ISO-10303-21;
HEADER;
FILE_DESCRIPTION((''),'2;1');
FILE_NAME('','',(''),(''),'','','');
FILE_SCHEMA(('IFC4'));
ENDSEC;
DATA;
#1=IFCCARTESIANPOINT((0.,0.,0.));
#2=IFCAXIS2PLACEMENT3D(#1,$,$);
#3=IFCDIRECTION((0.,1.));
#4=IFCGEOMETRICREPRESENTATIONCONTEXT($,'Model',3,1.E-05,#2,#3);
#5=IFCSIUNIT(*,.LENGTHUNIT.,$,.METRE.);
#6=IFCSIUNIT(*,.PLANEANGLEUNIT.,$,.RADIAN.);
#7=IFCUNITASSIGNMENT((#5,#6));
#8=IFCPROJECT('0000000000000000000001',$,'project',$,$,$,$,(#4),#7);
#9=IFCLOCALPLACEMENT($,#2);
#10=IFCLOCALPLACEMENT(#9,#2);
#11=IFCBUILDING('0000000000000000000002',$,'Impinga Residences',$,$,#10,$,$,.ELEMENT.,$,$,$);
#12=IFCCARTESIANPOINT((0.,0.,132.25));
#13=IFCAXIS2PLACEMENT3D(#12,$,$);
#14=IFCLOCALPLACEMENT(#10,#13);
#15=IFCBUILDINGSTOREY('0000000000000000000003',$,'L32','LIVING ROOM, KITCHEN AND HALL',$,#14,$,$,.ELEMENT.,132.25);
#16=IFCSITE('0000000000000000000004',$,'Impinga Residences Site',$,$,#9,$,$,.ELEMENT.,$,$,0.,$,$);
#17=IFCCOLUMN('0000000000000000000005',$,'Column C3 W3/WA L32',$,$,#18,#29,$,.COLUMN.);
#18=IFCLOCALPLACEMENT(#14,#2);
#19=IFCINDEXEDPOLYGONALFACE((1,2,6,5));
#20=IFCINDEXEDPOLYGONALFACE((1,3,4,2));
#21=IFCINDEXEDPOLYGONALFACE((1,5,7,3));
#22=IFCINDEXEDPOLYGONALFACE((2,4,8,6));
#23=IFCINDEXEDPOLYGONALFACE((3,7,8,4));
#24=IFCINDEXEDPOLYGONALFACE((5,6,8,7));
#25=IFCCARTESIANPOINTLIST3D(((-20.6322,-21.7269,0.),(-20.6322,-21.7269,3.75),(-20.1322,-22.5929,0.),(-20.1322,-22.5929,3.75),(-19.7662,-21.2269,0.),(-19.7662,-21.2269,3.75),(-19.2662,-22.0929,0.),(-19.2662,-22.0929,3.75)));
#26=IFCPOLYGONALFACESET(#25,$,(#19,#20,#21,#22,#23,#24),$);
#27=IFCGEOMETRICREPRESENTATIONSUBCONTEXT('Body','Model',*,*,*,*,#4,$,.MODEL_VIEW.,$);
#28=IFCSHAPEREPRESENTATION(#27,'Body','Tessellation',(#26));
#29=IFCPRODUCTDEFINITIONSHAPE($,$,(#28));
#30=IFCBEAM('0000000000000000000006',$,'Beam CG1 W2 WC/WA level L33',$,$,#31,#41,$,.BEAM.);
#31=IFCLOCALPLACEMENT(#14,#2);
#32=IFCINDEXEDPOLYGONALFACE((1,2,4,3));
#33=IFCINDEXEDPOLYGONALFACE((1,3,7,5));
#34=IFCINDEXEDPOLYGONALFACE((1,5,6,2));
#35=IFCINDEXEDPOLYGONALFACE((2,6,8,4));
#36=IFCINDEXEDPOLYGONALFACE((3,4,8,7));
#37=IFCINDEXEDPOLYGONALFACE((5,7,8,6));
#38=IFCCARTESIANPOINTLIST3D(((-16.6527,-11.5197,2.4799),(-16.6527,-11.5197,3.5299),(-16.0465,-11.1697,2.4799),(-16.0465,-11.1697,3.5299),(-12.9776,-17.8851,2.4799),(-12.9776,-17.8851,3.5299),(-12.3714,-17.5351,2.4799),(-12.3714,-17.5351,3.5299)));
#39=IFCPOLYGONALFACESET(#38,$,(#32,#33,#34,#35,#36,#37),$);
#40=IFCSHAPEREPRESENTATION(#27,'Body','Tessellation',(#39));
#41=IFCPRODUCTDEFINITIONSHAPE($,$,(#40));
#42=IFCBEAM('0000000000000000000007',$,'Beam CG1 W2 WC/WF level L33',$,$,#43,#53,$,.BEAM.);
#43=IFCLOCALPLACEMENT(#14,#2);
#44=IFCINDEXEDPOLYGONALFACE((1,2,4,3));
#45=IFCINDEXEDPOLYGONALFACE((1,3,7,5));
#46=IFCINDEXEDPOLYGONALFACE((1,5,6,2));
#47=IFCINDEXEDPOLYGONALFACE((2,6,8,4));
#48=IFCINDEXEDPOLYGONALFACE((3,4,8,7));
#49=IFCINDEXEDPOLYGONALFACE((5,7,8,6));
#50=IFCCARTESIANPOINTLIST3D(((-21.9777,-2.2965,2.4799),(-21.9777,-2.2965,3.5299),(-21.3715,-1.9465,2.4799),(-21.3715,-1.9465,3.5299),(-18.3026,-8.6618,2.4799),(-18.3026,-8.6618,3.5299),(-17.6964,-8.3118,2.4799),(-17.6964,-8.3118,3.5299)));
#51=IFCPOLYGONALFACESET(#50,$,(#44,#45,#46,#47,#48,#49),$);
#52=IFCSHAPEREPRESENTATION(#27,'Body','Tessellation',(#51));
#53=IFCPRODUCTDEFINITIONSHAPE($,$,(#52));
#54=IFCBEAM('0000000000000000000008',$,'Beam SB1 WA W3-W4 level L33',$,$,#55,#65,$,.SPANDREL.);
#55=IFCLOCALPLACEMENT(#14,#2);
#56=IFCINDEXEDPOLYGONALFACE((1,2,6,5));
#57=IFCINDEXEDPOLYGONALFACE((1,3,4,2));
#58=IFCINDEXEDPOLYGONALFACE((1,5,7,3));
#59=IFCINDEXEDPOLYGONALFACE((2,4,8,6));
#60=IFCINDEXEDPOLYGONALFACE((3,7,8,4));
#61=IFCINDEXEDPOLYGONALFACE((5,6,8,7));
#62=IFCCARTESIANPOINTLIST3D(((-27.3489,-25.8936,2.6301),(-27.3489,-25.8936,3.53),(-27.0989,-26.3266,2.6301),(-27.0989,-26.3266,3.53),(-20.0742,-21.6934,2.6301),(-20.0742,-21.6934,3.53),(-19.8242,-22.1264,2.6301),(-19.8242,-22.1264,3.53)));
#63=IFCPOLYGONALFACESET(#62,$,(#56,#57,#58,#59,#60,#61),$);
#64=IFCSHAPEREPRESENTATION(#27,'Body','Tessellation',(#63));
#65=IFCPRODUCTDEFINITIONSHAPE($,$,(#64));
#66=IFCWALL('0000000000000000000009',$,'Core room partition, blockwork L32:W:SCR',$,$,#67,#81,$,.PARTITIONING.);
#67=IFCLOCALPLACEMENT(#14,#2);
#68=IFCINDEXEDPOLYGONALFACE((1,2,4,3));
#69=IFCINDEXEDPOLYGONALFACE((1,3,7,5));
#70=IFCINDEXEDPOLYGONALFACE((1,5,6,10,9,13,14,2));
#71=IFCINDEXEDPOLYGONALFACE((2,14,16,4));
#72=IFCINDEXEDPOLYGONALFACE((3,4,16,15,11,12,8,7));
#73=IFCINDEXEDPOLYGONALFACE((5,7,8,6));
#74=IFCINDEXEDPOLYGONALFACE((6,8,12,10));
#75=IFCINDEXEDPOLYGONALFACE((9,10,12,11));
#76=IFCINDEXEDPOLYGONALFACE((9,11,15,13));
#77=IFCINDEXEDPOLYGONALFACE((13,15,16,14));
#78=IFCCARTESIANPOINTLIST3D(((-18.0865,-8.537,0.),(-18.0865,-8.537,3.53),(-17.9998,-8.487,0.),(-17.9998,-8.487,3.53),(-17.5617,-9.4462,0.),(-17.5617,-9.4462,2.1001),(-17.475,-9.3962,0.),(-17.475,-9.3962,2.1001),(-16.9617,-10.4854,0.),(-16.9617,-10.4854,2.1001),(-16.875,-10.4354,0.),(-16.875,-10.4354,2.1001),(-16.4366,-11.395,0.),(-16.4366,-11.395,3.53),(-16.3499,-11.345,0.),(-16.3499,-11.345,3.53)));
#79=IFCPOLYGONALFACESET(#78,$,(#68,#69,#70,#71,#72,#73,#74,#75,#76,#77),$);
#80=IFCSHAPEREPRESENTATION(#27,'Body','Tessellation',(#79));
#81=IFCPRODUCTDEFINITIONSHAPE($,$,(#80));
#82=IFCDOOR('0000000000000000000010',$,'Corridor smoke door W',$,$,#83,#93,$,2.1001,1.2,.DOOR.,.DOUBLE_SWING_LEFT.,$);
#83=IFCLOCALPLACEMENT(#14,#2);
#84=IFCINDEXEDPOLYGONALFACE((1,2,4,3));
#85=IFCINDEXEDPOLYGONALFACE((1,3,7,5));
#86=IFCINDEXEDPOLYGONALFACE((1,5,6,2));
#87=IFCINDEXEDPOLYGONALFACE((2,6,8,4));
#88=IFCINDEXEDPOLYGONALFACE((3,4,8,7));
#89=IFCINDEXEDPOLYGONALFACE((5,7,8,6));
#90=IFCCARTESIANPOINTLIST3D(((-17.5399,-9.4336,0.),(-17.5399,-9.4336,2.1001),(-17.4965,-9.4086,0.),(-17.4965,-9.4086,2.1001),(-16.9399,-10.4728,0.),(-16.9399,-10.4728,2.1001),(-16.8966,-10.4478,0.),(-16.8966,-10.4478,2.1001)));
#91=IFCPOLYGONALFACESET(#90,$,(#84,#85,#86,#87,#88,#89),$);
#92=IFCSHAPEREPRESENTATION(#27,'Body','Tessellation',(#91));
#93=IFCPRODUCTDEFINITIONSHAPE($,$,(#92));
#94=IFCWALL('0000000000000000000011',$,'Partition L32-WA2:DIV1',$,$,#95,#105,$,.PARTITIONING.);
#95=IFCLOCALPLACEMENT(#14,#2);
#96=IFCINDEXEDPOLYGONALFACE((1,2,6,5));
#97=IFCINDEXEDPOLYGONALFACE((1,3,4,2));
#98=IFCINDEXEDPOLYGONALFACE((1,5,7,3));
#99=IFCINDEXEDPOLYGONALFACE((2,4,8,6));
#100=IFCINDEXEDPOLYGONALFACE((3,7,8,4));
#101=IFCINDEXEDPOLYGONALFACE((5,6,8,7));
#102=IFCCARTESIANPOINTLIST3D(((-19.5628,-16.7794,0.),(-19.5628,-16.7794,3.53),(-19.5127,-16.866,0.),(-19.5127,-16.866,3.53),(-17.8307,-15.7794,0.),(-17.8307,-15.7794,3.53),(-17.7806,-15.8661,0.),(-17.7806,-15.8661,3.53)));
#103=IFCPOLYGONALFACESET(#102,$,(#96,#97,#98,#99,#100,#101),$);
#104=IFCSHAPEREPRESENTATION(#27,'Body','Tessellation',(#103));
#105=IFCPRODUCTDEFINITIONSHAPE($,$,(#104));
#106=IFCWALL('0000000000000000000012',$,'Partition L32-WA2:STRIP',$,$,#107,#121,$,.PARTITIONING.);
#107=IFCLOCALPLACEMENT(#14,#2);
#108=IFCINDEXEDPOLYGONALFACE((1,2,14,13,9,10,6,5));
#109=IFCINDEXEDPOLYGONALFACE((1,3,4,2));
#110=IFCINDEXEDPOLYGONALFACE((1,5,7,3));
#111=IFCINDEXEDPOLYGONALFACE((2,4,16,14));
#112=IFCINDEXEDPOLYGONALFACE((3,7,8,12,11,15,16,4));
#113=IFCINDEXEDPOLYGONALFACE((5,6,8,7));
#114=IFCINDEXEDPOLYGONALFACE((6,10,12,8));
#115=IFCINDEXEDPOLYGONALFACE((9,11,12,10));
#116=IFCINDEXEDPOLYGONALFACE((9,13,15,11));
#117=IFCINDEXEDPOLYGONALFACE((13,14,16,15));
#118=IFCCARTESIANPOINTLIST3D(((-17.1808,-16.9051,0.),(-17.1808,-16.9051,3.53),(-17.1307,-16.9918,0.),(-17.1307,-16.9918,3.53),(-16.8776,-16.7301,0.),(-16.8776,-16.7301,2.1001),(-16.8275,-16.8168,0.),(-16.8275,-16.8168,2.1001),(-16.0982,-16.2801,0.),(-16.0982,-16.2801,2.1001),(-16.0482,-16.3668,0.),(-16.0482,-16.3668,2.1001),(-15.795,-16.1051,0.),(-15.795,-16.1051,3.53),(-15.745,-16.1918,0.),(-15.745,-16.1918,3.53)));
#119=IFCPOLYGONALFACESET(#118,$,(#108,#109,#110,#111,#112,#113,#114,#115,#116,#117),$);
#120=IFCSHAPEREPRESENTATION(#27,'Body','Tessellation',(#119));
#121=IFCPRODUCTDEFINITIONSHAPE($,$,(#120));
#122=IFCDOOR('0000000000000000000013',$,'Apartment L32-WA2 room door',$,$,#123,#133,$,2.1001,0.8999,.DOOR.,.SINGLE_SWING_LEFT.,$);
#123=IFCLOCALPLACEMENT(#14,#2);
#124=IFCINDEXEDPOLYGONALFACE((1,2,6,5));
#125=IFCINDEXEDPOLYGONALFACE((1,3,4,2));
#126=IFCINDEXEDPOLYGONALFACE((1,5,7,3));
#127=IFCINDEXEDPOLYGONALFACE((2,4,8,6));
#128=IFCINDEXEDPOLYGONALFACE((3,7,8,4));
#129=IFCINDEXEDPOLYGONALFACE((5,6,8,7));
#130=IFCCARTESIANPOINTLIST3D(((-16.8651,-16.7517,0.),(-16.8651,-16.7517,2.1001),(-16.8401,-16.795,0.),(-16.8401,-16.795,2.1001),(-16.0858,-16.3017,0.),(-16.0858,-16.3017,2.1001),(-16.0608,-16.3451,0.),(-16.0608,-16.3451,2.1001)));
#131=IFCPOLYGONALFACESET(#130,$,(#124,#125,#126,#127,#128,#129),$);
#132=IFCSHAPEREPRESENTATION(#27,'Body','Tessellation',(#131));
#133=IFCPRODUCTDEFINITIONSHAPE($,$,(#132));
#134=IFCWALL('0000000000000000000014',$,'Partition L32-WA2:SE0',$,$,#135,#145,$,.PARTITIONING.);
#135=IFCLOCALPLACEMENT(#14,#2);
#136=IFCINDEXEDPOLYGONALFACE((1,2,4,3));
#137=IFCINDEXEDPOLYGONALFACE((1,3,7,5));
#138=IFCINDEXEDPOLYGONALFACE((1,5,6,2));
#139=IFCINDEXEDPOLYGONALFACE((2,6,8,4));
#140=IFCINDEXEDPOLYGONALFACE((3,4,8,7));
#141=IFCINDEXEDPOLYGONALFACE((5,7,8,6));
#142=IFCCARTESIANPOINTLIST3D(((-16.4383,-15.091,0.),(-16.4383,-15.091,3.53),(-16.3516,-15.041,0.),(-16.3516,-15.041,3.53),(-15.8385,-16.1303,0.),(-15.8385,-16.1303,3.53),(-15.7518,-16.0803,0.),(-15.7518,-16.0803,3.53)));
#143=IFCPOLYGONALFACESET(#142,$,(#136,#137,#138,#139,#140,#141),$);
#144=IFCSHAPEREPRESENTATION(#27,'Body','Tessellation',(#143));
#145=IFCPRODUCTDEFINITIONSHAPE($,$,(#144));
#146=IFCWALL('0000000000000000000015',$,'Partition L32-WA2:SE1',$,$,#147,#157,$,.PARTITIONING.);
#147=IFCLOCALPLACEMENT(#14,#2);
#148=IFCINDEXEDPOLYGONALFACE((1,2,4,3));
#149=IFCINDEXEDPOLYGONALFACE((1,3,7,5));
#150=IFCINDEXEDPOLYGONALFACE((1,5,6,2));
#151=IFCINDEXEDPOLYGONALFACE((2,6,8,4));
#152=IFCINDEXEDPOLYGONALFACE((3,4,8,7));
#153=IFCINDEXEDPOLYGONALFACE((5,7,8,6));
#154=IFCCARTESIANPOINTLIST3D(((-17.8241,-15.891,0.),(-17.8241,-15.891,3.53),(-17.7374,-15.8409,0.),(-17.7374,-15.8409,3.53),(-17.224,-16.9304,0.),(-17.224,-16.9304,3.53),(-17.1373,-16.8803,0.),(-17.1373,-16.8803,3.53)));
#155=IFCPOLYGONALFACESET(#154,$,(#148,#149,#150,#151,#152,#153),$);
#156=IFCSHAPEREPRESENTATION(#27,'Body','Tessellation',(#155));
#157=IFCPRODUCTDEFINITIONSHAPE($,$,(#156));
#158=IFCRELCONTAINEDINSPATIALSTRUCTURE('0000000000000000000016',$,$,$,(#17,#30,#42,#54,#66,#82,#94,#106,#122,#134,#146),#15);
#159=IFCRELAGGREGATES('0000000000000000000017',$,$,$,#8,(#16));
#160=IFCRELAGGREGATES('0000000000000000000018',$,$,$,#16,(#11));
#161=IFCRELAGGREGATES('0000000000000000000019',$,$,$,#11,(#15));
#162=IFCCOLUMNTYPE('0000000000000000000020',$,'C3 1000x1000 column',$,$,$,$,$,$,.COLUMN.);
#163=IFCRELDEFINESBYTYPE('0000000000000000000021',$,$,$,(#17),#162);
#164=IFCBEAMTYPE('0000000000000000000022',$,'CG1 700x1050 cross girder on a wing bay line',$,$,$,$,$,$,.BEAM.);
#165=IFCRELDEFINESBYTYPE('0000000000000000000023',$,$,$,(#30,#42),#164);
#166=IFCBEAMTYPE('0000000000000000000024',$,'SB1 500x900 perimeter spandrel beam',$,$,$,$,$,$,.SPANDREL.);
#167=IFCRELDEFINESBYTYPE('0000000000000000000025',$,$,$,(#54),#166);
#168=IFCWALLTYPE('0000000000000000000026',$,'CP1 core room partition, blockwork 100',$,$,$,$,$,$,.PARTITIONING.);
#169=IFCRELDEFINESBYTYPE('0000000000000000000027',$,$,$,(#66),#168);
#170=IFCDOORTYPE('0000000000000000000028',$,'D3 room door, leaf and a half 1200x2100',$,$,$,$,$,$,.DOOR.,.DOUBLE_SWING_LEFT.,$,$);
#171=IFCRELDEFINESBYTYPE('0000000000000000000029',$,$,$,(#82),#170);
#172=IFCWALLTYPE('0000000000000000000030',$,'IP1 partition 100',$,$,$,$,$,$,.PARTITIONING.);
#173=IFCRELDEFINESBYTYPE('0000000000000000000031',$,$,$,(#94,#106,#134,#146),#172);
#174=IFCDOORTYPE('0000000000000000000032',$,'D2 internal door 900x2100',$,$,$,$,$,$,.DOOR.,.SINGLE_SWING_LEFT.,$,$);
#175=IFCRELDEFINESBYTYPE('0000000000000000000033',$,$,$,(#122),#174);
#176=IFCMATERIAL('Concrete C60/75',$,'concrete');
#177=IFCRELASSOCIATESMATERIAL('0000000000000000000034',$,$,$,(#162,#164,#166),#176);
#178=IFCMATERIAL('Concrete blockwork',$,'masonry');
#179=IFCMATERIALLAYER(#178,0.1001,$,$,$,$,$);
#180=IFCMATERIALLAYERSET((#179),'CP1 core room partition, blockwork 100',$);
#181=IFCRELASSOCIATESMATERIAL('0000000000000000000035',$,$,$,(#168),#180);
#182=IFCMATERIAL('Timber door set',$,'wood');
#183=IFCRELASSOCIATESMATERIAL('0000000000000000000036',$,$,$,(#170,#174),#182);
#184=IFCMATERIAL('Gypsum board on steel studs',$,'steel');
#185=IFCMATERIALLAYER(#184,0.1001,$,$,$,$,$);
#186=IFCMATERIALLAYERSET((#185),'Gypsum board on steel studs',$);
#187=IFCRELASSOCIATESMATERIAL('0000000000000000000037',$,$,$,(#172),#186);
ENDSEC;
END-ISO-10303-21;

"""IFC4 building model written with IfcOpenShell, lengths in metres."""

from ifc_helpers import new_model, si_unit, direction, frame, frame_2d, origin, origin_2d, place, context, subcontext, project, spatial, rectangle, extrude, material, layer, layer_set, material_profile, profile_set, type_object, element, fill, save


model = new_model("IFC4")

# Units and contexts
model_context = context("Model", 3, precision=1e-05, world=origin(), true_north=direction((0.0, 1.0)))
body_context = subcontext(model_context, "Body", "Model", "MODEL_VIEW")
ifc_project = project(units=[si_unit("LENGTHUNIT", "METRE"), si_unit("PLANEANGLEUNIT", "RADIAN")], contexts=[model_context])

# Site, building, storey
site_placement = place(None, origin())
site = spatial("IfcSite", under=ifc_project, at=site_placement, Name="Impinga Residences Site", CompositionType="ELEMENT", RefElevation=0.0)
building_placement = place(site_placement, origin())
building = spatial("IfcBuilding", under=site, at=building_placement, Name="Impinga Residences", CompositionType="ELEMENT")
storey_placement = place(building_placement, frame((0.0, 0.0, 132.25)))
storey = spatial("IfcBuildingStorey", under=building, at=storey_placement, Name="L32", Description="LIVING ROOM, KITCHEN AND HALL", CompositionType="ELEMENT", Elevation=132.25)

# Column
ifc_material_1 = material(Name="Concrete C60/75", Category="concrete")
ifc_material_profile_1 = material_profile(ifc_material_1, rectangle(XDim=1.0, YDim=1.0, at=origin_2d()), Name="RC 1000x1000")
ifc_profile_set_1 = profile_set([ifc_material_profile_1], Name="Concrete C60/75")
column_type = type_object("IfcColumnType", Name="C3 1000x1000 column", PredefinedType="COLUMN", material=ifc_profile_set_1)
column_placement = place(storey_placement, frame((-19.9492, -21.9099, 0.0), z_axis=(0.0, 0.0, 1.0), x_axis=(-0.5, 0.866025, 0.0)))
element("IfcColumn", 1, at=column_placement, inside=storey, type_object=column_type, Name="Column C3 W3/WA L32", PredefinedType="COLUMN", context=body_context, shape_type="SweptSolid", body=[
    extrude(rectangle(XDim=1.0, YDim=1.0, at=origin_2d()), origin(), (0.0, 0.0, 1.0), 3.75),
])

# Beams
ifc_material_profile_2 = material_profile(ifc_material_1, rectangle(XDim=0.7, YDim=1.05, at=origin_2d()), Name="RC 700x1050")
ifc_profile_set_2 = profile_set([ifc_material_profile_2], Name="Concrete C60/75")
beam_type_1 = type_object("IfcBeamType", Name="CG1 700x1050 cross girder on a wing bay line", PredefinedType="BEAM", material=ifc_profile_set_2)
for number, where, z_axis, x_axis, name in (
    (2, (-16.3496, -11.3447, 3.0049), (0.500008, -0.866021, 0.0), (0.866021, 0.500008, 0.0), "Beam CG1 W2 WC/WA level L33"),
    (3, (-17.9995, -8.4868, 3.0049), (-0.500008, 0.866021, 0.0), (-0.866021, -0.500008, 0.0), "Beam CG1 W2 WC/WF level L33"),
):
    element("IfcBeam", number, at=place(storey_placement, frame(where, z_axis=z_axis, x_axis=x_axis)), inside=storey, type_object=beam_type_1, Name=name, PredefinedType="BEAM", context=body_context, shape_type="SweptSolid", body=[
        extrude(rectangle(XDim=0.7, YDim=1.05, at=origin_2d()), origin(), (0.0, 0.0, 1.0), 7.3501),
    ])
ifc_material_profile_3 = material_profile(ifc_material_1, rectangle(XDim=0.5, YDim=0.8999, at=origin_2d()), Name="RC 500x900")
ifc_profile_set_3 = profile_set([ifc_material_profile_3], Name="Concrete C60/75")
beam_type_2 = type_object("IfcBeamType", Name="SB1 500x900 perimeter spandrel beam", PredefinedType="SPANDREL", material=ifc_profile_set_3)
beam_placement = place(storey_placement, frame((-19.9492, -21.9099, 3.0801), z_axis=(-0.866017, -0.500015, 0.0), x_axis=(0.500015, -0.866017, 0.0)))
element("IfcBeam", 4, at=beam_placement, inside=storey, type_object=beam_type_2, Name="Beam SB1 WA W3-W4 level L33", PredefinedType="SPANDREL", context=body_context, shape_type="SweptSolid", body=[
    extrude(rectangle(XDim=0.5, YDim=0.8999, at=origin_2d()), origin(), (0.0, 0.0, 1.0), 8.4001),
])

# Wall, opening, door
ifc_material_2 = material(Name="Concrete blockwork", Category="masonry")
ifc_layer_1 = layer(ifc_material_2, 0.1001)
ifc_layer_set_1 = layer_set([ifc_layer_1], Name="CP1 core room partition, blockwork 100")
wall_type_1 = type_object("IfcWallType", Name="CP1 core room partition, blockwork 100", PredefinedType="PARTITIONING", material=ifc_layer_set_1)
wall_1_placement = place(storey_placement, frame((-16.3933, -11.3699, 0.0), z_axis=(0.0, 0.0, 1.0), x_axis=(-0.499974, 0.86604, 0.0)))
wall_1 = element("IfcWall", 5, at=wall_1_placement, inside=storey, type_object=wall_type_1, Name="Core room partition, blockwork L32:W:SCR", PredefinedType="PARTITIONING", context=body_context, shape_type="SweptSolid", body=[
    extrude(rectangle(XDim=3.3, YDim=0.1001, at=frame_2d((1.6499, 0.0))), origin(), (0.0, 0.0, 1.0), 3.53),
])
opening_1_placement = place(wall_1_placement, frame((1.05, 0.0, 0.0)))
opening_1 = element("IfcOpeningElement", 6, at=opening_1_placement, cuts=wall_1, PredefinedType="OPENING", context=body_context, shape_type="SweptSolid", body=[
    extrude(rectangle(XDim=1.2, YDim=2.1001, at=frame_2d((0.6001, 1.05))), frame((0.0, 0.0601, 0.0), z_axis=(0.0, -1.0, 0.0), x_axis=(1.0, 0.0, 0.0)), (0.0, 0.0, 1.0), 0.1201),
])
ifc_material_3 = material(Name="Timber door set", Category="wood")
door_type_1 = type_object("IfcDoorType", Name="D3 room door, leaf and a half 1200x2100", OperationType="DOUBLE_SWING_LEFT", PredefinedType="DOOR", material=ifc_material_3)
door_1_placement = place(opening_1_placement, origin())
door_1 = element("IfcDoor", 7, at=door_1_placement, inside=storey, type_object=door_type_1, Name="Corridor smoke door W", OperationType="DOUBLE_SWING_LEFT", OverallHeight=2.1001, OverallWidth=1.2, PredefinedType="DOOR", context=body_context, shape_type="SweptSolid", body=[
    extrude(rectangle(XDim=1.2, YDim=2.1001, at=frame_2d((0.6001, 1.05))), frame((0.0, 0.0249, 0.0), z_axis=(0.0, -1.0, 0.0), x_axis=(1.0, 0.0, 0.0)), (0.0, 0.0, 1.0), 0.05),
])
fill(opening_1, door_1)

# Wall
ifc_material_4 = material(Name="Gypsum board on steel studs", Category="steel")
ifc_layer_2 = layer(ifc_material_4, 0.1001)
ifc_layer_set_2 = layer_set([ifc_layer_2], Name="Gypsum board on steel studs")
wall_type_2 = type_object("IfcWallType", Name="IP1 partition 100", PredefinedType="PARTITIONING", material=ifc_layer_set_2)
wall_2_placement = place(storey_placement, frame((-17.8057, -15.8228, 0.0), z_axis=(0.0, 0.0, 1.0), x_axis=(-0.866041, -0.499973, 0.0)))
element("IfcWall", 8, at=wall_2_placement, inside=storey, type_object=wall_type_2, Name="Partition L32-WA2:DIV1", PredefinedType="PARTITIONING", context=body_context, shape_type="SweptSolid", body=[
    extrude(rectangle(XDim=2.0, YDim=0.1001, at=frame_2d((1.0, 0.0))), origin(), (0.0, 0.0, 1.0), 3.53),
])

# Wall, opening, door
wall_3_placement = place(storey_placement, frame((-15.77, -16.1484, 0.0), z_axis=(0.0, 0.0, 1.0), x_axis=(-0.866028, -0.499995, 0.0)))
wall_3 = element("IfcWall", 9, at=wall_3_placement, inside=storey, type_object=wall_type_2, Name="Partition L32-WA2:STRIP", PredefinedType="PARTITIONING", context=body_context, shape_type="SweptSolid", body=[
    extrude(rectangle(XDim=1.6001, YDim=0.1001, at=frame_2d((0.8, 0.0))), origin(), (0.0, 0.0, 1.0), 3.53),
])
opening_2_placement = place(wall_3_placement, frame((0.3501, 0.0, 0.0)))
opening_2 = element("IfcOpeningElement", 10, at=opening_2_placement, cuts=wall_3, PredefinedType="OPENING", context=body_context, shape_type="SweptSolid", body=[
    extrude(rectangle(XDim=0.8999, YDim=2.1001, at=frame_2d((0.45, 1.05))), frame((0.0, 0.0601, 0.0), z_axis=(0.0, -1.0, 0.0), x_axis=(1.0, 0.0, 0.0)), (0.0, 0.0, 1.0), 0.1201),
])
door_type_2 = type_object("IfcDoorType", Name="D2 internal door 900x2100", OperationType="SINGLE_SWING_LEFT", PredefinedType="DOOR", material=ifc_material_3)
door_2_placement = place(opening_2_placement, origin())
door_2 = element("IfcDoor", 11, at=door_2_placement, inside=storey, type_object=door_type_2, Name="Apartment L32-WA2 room door", OperationType="SINGLE_SWING_LEFT", OverallHeight=2.1001, OverallWidth=0.8999, PredefinedType="DOOR", context=body_context, shape_type="SweptSolid", body=[
    extrude(rectangle(XDim=0.8999, YDim=2.1001, at=frame_2d((0.45, 1.05))), frame((0.0, 0.0249, 0.0), z_axis=(0.0, -1.0, 0.0), x_axis=(1.0, 0.0, 0.0)), (0.0, 0.0, 1.0), 0.05),
])
fill(opening_2, door_2)

# Walls
wall_4_placement = place(storey_placement, frame((-16.395, -15.0659, 0.0), z_axis=(0.0, 0.0, 1.0), x_axis=(0.499881, -0.866094, 0.0)))
element("IfcWall", 12, at=wall_4_placement, inside=storey, type_object=wall_type_2, Name="Partition L32-WA2:SE0", PredefinedType="PARTITIONING", context=body_context, shape_type="SweptSolid", body=[
    extrude(rectangle(XDim=1.2, YDim=0.1001, at=frame_2d((0.6001, 0.0))), origin(), (0.0, 0.0, 1.0), 3.53),
])
wall_5_placement = place(storey_placement, frame((-17.7808, -15.866, 0.0), z_axis=(0.0, 0.0, 1.0), x_axis=(0.500034, -0.866006, 0.0)))
element("IfcWall", 13, at=wall_5_placement, inside=storey, type_object=wall_type_2, Name="Partition L32-WA2:SE1", PredefinedType="PARTITIONING", context=body_context, shape_type="SweptSolid", body=[
    extrude(rectangle(XDim=1.2002, YDim=0.1001, at=frame_2d((0.6001, 0.0))), origin(), (0.0, 0.0, 1.0), 3.53),
])

save(model, "model.ifc")
